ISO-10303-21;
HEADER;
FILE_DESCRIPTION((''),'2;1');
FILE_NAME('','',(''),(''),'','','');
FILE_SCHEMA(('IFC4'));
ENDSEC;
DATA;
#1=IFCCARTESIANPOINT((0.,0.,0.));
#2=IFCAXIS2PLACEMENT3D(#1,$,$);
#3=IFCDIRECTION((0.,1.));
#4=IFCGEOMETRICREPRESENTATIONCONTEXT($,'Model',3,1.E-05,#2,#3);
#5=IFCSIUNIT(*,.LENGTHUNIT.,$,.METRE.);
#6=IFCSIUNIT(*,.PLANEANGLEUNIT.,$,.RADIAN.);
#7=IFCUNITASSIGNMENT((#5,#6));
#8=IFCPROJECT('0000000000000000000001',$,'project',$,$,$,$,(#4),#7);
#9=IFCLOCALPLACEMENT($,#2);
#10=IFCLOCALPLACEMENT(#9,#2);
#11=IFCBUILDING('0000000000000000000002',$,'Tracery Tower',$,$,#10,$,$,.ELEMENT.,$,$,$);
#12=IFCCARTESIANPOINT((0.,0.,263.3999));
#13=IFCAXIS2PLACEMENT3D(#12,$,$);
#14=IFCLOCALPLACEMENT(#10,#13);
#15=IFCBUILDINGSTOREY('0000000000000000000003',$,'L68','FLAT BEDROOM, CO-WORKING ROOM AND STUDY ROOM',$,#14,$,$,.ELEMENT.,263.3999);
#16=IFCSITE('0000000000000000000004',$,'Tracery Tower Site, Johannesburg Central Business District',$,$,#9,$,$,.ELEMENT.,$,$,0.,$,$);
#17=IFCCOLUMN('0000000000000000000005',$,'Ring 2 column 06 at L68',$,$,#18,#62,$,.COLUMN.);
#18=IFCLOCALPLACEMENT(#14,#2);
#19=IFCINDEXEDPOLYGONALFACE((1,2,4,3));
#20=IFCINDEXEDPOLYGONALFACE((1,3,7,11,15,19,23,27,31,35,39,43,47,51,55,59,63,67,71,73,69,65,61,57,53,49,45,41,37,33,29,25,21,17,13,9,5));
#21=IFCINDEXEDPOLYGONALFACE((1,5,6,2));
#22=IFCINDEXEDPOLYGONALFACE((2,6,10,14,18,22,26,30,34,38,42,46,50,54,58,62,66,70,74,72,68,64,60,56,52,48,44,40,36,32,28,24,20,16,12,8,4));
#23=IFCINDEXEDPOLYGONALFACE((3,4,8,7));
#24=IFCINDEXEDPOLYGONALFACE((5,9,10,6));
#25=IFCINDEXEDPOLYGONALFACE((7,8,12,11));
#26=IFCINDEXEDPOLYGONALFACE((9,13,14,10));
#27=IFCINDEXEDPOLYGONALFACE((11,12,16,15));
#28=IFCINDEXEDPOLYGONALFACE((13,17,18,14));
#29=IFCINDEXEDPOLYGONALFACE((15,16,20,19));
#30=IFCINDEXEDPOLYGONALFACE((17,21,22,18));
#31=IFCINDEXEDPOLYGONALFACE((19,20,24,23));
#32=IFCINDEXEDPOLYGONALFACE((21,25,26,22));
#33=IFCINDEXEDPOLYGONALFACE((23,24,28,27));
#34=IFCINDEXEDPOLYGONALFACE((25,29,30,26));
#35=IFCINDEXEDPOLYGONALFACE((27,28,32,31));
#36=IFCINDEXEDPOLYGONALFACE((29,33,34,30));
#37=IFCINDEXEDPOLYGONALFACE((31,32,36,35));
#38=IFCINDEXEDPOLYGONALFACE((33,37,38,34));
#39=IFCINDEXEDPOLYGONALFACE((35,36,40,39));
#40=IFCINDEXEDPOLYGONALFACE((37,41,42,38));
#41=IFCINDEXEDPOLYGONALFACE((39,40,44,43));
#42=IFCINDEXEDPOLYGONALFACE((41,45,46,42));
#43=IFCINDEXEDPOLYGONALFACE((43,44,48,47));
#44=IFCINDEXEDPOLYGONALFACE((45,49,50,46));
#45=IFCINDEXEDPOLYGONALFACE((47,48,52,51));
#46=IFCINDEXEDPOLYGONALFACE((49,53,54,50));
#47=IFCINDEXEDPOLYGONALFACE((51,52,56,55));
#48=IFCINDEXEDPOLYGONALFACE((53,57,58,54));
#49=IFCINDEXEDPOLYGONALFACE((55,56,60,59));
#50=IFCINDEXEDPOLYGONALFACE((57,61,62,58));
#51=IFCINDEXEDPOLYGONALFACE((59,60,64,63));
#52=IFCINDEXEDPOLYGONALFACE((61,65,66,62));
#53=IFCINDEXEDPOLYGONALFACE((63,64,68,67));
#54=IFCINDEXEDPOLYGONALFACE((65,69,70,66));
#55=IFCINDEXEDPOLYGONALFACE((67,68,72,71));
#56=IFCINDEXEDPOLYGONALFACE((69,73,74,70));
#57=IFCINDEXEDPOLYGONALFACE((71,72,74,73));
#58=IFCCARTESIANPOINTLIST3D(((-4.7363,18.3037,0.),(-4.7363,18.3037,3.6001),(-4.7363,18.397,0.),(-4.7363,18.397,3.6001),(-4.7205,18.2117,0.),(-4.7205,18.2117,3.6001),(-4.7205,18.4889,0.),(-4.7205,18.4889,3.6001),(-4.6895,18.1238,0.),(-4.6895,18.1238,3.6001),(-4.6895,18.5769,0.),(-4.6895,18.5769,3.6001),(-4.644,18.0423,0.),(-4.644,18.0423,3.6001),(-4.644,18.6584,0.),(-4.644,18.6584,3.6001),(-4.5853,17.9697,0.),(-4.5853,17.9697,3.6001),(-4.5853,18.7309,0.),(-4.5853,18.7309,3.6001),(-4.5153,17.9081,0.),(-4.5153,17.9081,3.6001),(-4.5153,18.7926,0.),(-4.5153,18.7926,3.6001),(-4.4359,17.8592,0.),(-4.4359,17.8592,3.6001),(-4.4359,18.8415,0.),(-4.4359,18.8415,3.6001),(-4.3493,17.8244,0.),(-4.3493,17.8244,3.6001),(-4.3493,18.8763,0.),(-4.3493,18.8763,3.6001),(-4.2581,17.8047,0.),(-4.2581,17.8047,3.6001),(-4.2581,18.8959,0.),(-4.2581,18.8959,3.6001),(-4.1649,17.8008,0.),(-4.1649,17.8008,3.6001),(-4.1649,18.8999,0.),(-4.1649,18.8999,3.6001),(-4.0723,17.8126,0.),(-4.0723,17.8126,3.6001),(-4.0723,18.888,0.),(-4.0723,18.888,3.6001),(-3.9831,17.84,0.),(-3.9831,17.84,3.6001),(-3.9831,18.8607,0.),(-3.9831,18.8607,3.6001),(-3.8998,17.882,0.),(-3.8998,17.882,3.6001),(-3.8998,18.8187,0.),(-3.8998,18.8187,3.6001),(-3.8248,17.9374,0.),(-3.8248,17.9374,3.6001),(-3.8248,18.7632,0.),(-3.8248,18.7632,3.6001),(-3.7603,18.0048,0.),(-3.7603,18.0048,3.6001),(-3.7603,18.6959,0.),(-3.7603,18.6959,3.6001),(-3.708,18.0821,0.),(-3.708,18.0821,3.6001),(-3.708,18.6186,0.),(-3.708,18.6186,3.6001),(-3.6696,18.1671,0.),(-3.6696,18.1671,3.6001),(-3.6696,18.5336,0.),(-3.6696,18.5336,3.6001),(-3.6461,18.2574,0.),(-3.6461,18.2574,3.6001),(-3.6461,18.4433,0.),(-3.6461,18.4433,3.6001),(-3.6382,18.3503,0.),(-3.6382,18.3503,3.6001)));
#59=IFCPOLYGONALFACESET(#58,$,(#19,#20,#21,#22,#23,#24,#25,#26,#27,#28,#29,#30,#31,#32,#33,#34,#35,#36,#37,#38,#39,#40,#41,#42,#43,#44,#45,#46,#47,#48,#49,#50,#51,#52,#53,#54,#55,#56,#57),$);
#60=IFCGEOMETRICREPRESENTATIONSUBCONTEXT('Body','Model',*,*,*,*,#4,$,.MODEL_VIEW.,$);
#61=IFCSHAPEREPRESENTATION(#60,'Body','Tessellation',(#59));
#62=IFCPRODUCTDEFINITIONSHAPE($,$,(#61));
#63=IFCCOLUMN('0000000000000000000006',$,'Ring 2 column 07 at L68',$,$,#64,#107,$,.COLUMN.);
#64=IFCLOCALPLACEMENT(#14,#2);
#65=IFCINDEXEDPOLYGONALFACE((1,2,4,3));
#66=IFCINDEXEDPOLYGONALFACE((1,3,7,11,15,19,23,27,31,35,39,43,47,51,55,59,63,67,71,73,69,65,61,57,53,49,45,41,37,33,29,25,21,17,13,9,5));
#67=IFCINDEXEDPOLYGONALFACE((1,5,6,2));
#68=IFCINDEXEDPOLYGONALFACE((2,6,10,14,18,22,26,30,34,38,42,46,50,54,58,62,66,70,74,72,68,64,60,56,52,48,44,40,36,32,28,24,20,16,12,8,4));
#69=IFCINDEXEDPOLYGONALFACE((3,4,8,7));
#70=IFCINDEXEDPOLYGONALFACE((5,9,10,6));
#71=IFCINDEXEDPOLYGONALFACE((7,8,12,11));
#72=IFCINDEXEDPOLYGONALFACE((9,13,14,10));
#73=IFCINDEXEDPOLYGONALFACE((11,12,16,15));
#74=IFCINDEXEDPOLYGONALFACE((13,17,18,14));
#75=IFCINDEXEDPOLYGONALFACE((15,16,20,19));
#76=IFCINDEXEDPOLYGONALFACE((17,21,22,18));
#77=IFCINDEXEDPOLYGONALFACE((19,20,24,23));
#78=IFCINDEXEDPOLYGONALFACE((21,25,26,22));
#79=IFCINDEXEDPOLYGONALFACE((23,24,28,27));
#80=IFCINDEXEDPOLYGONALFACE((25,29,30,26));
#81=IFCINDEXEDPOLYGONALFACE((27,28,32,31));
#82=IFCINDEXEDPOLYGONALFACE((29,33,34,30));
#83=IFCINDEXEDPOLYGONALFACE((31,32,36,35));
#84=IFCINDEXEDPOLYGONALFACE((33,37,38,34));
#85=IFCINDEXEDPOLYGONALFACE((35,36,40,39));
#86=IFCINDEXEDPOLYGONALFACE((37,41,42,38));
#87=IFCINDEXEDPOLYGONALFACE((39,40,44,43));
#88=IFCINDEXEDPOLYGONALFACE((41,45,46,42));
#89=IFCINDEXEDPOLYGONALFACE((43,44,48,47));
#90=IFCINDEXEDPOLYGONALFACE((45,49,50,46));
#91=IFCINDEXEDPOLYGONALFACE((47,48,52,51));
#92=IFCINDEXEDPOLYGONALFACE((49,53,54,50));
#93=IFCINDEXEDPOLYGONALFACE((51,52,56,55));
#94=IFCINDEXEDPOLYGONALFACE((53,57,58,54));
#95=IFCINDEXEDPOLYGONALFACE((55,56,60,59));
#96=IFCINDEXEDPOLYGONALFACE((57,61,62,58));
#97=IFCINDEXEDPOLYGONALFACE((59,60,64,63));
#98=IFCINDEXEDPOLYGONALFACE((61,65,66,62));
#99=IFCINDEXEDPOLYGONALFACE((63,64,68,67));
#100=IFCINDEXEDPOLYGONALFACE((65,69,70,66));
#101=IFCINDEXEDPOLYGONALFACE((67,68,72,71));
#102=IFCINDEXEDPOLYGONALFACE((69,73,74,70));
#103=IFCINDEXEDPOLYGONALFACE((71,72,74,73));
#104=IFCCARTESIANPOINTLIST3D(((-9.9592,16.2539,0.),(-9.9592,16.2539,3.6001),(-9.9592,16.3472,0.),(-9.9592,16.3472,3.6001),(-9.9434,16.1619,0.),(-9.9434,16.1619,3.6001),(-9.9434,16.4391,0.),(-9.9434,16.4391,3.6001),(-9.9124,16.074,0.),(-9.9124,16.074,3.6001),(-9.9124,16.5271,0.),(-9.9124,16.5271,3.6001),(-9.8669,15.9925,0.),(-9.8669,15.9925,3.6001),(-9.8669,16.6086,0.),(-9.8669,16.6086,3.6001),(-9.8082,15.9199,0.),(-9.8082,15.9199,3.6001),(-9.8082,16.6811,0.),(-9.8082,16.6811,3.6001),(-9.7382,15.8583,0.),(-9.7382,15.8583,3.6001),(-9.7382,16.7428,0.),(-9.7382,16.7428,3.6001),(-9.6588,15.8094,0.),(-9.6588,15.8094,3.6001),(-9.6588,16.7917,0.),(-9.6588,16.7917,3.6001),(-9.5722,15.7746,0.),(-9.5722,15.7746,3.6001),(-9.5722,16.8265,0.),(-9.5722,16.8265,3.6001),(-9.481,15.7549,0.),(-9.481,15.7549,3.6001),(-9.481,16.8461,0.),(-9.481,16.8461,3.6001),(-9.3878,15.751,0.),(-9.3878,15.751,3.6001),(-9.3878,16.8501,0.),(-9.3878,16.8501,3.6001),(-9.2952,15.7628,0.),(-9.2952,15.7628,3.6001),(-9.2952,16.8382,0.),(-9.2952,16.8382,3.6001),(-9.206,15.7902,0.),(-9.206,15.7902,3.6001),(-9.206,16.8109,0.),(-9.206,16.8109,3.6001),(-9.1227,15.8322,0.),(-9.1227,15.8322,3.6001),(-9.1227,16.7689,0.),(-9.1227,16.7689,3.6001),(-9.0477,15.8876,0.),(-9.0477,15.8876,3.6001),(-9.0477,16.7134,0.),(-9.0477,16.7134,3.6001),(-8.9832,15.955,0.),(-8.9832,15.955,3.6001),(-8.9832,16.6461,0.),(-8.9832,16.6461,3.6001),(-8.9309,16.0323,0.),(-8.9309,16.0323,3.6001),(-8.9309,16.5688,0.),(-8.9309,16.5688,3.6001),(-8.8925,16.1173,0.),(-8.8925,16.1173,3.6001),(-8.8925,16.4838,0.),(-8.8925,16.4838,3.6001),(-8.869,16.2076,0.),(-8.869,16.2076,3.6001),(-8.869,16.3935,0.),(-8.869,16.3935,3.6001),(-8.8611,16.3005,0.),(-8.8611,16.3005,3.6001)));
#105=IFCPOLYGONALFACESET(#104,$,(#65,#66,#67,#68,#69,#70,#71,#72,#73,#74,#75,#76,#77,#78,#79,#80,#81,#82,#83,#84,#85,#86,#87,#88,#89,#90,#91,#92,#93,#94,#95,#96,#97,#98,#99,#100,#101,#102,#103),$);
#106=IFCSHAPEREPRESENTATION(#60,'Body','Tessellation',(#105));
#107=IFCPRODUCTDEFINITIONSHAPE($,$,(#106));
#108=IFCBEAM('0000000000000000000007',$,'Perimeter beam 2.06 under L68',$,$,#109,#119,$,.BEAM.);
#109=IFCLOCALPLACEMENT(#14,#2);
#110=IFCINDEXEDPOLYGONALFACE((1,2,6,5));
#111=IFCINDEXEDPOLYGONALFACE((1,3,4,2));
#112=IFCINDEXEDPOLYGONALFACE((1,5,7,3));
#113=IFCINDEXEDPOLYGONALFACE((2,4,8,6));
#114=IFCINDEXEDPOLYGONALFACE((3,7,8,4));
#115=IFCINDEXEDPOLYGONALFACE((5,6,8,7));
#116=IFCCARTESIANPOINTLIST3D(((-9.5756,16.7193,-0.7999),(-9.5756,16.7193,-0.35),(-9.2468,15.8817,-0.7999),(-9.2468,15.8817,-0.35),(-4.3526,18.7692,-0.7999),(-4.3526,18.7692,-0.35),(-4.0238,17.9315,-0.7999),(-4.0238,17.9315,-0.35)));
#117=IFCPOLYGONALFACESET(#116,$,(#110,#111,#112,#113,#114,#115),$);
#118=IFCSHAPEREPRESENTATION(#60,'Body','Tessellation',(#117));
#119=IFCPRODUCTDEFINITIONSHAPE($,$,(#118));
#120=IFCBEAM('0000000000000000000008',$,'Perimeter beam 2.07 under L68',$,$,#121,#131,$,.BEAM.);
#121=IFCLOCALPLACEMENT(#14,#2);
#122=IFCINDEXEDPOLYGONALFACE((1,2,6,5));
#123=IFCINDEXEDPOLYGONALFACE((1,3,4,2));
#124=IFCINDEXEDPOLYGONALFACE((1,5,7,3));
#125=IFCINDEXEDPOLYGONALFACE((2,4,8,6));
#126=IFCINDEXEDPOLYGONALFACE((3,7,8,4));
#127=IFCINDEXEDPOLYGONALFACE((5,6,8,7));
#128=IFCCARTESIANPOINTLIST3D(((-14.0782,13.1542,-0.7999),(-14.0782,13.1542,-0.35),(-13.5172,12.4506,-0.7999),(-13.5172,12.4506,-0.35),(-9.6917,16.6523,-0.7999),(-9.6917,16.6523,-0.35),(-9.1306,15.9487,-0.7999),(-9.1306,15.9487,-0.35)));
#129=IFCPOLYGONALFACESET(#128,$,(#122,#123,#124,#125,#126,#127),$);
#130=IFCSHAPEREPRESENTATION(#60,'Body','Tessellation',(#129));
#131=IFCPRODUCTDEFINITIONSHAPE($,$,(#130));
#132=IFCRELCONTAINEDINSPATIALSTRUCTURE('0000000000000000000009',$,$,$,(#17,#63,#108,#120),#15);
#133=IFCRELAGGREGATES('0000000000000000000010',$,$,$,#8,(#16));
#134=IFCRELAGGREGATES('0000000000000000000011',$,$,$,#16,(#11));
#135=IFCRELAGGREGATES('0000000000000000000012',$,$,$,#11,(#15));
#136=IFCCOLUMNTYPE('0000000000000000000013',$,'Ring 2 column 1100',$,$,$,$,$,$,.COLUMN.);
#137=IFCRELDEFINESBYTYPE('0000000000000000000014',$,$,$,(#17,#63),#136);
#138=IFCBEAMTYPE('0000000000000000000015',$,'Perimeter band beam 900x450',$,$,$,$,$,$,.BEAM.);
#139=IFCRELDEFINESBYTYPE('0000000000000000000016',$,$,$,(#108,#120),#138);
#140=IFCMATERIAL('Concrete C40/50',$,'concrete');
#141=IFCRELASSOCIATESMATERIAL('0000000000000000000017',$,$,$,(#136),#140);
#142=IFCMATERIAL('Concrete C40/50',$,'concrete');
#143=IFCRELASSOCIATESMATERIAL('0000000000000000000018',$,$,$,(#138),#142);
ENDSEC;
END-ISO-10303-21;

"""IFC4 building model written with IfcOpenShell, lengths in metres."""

from ifc_helpers import new_model, si_unit, direction, frame, origin, origin_2d, place, context, subcontext, project, spatial, rectangle, circle, extrude, material, material_profile, profile_set, type_object, element, save


model = new_model("IFC4")

# Units and contexts
model_context = context("Model", 3, precision=1e-05, world=origin(), true_north=direction((0.0, 1.0)))
body_context = subcontext(model_context, "Body", "Model", "MODEL_VIEW")
ifc_project = project(units=[si_unit("LENGTHUNIT", "METRE"), si_unit("PLANEANGLEUNIT", "RADIAN")], contexts=[model_context])

# Site, building, storey
site_placement = place(None, origin())
site = spatial("IfcSite", under=ifc_project, at=site_placement, Name="Tracery Tower Site, Johannesburg Central Business District", CompositionType="ELEMENT", RefElevation=0.0)
building_placement = place(site_placement, origin())
building = spatial("IfcBuilding", under=site, at=building_placement, Name="Tracery Tower", CompositionType="ELEMENT")
storey_placement = place(building_placement, frame((0.0, 0.0, 263.3999)))
storey = spatial("IfcBuildingStorey", under=building, at=storey_placement, Name="L68", Description="FLAT BEDROOM, CO-WORKING ROOM AND STUDY ROOM", CompositionType="ELEMENT", Elevation=263.3999)

# Columns
ifc_material_1 = material(Name="Concrete C40/50", Category="concrete")
ifc_material_profile_1 = material_profile(ifc_material_1, circle(Radius=0.55, at=origin_2d()), Name="RC D1100")
ifc_profile_set_1 = profile_set([ifc_material_profile_1], Name="Concrete C40/50")
column_type = type_object("IfcColumnType", Name="Ring 2 column 1100", PredefinedType="COLUMN", material=ifc_profile_set_1)
for number, where, z_axis, x_axis, name in (
    (1, (-4.1882, 18.3503, 0.0), (0.0, 0.0, 1.0), (1.0, 0.0, 0.0), "Ring 2 column 06 at L68"),
    (2, (-9.4111, 16.3005, 0.0), (0.0, 0.0, 1.0), (1.0, 0.0, 0.0), "Ring 2 column 07 at L68"),
):
    element("IfcColumn", number, at=place(storey_placement, frame(where, z_axis=z_axis, x_axis=x_axis)), inside=storey, type_object=column_type, Name=name, PredefinedType="COLUMN", context=body_context, shape_type="SweptSolid", body=[
        extrude(circle(Radius=0.55, at=origin_2d()), origin(), (0.0, 0.0, 1.0), 3.6001),
    ])

# Beams
ifc_material_2 = material(Name="Concrete C40/50", Category="concrete")
ifc_material_profile_2 = material_profile(ifc_material_2, rectangle(XDim=0.8999, YDim=0.45, at=origin_2d()), Name="RC 900x450")
ifc_profile_set_2 = profile_set([ifc_material_profile_2], Name="Concrete C40/50")
beam_type = type_object("IfcBeamType", Name="Perimeter band beam 900x450", PredefinedType="BEAM", material=ifc_profile_set_2)
beam_1_placement = place(storey_placement, frame((-4.1882, 18.3503, -0.575), z_axis=(-0.930876, -0.365336, 0.0), x_axis=(0.365336, -0.930876, 0.0)))
element("IfcBeam", 3, at=beam_1_placement, inside=storey, type_object=beam_type, Name="Perimeter beam 2.06 under L68", PredefinedType="BEAM", context=body_context, shape_type="SweptSolid", body=[
    extrude(rectangle(XDim=0.8999, YDim=0.45, at=origin_2d()), origin(), (0.0, 0.0, 1.0), 5.6108),
])
beam_2_placement = place(storey_placement, frame((-9.4111, 16.3005, -0.575), z_axis=(-0.781836, -0.623484, 0.0), x_axis=(0.623484, -0.781836, 0.0)))
element("IfcBeam", 4, at=beam_2_placement, inside=storey, type_object=beam_type, Name="Perimeter beam 2.07 under L68", PredefinedType="BEAM", context=body_context, shape_type="SweptSolid", body=[
    extrude(rectangle(XDim=0.8999, YDim=0.45, at=origin_2d()), origin(), (0.0, 0.0, 1.0), 5.6106),
])

save(model, "model.ifc")
